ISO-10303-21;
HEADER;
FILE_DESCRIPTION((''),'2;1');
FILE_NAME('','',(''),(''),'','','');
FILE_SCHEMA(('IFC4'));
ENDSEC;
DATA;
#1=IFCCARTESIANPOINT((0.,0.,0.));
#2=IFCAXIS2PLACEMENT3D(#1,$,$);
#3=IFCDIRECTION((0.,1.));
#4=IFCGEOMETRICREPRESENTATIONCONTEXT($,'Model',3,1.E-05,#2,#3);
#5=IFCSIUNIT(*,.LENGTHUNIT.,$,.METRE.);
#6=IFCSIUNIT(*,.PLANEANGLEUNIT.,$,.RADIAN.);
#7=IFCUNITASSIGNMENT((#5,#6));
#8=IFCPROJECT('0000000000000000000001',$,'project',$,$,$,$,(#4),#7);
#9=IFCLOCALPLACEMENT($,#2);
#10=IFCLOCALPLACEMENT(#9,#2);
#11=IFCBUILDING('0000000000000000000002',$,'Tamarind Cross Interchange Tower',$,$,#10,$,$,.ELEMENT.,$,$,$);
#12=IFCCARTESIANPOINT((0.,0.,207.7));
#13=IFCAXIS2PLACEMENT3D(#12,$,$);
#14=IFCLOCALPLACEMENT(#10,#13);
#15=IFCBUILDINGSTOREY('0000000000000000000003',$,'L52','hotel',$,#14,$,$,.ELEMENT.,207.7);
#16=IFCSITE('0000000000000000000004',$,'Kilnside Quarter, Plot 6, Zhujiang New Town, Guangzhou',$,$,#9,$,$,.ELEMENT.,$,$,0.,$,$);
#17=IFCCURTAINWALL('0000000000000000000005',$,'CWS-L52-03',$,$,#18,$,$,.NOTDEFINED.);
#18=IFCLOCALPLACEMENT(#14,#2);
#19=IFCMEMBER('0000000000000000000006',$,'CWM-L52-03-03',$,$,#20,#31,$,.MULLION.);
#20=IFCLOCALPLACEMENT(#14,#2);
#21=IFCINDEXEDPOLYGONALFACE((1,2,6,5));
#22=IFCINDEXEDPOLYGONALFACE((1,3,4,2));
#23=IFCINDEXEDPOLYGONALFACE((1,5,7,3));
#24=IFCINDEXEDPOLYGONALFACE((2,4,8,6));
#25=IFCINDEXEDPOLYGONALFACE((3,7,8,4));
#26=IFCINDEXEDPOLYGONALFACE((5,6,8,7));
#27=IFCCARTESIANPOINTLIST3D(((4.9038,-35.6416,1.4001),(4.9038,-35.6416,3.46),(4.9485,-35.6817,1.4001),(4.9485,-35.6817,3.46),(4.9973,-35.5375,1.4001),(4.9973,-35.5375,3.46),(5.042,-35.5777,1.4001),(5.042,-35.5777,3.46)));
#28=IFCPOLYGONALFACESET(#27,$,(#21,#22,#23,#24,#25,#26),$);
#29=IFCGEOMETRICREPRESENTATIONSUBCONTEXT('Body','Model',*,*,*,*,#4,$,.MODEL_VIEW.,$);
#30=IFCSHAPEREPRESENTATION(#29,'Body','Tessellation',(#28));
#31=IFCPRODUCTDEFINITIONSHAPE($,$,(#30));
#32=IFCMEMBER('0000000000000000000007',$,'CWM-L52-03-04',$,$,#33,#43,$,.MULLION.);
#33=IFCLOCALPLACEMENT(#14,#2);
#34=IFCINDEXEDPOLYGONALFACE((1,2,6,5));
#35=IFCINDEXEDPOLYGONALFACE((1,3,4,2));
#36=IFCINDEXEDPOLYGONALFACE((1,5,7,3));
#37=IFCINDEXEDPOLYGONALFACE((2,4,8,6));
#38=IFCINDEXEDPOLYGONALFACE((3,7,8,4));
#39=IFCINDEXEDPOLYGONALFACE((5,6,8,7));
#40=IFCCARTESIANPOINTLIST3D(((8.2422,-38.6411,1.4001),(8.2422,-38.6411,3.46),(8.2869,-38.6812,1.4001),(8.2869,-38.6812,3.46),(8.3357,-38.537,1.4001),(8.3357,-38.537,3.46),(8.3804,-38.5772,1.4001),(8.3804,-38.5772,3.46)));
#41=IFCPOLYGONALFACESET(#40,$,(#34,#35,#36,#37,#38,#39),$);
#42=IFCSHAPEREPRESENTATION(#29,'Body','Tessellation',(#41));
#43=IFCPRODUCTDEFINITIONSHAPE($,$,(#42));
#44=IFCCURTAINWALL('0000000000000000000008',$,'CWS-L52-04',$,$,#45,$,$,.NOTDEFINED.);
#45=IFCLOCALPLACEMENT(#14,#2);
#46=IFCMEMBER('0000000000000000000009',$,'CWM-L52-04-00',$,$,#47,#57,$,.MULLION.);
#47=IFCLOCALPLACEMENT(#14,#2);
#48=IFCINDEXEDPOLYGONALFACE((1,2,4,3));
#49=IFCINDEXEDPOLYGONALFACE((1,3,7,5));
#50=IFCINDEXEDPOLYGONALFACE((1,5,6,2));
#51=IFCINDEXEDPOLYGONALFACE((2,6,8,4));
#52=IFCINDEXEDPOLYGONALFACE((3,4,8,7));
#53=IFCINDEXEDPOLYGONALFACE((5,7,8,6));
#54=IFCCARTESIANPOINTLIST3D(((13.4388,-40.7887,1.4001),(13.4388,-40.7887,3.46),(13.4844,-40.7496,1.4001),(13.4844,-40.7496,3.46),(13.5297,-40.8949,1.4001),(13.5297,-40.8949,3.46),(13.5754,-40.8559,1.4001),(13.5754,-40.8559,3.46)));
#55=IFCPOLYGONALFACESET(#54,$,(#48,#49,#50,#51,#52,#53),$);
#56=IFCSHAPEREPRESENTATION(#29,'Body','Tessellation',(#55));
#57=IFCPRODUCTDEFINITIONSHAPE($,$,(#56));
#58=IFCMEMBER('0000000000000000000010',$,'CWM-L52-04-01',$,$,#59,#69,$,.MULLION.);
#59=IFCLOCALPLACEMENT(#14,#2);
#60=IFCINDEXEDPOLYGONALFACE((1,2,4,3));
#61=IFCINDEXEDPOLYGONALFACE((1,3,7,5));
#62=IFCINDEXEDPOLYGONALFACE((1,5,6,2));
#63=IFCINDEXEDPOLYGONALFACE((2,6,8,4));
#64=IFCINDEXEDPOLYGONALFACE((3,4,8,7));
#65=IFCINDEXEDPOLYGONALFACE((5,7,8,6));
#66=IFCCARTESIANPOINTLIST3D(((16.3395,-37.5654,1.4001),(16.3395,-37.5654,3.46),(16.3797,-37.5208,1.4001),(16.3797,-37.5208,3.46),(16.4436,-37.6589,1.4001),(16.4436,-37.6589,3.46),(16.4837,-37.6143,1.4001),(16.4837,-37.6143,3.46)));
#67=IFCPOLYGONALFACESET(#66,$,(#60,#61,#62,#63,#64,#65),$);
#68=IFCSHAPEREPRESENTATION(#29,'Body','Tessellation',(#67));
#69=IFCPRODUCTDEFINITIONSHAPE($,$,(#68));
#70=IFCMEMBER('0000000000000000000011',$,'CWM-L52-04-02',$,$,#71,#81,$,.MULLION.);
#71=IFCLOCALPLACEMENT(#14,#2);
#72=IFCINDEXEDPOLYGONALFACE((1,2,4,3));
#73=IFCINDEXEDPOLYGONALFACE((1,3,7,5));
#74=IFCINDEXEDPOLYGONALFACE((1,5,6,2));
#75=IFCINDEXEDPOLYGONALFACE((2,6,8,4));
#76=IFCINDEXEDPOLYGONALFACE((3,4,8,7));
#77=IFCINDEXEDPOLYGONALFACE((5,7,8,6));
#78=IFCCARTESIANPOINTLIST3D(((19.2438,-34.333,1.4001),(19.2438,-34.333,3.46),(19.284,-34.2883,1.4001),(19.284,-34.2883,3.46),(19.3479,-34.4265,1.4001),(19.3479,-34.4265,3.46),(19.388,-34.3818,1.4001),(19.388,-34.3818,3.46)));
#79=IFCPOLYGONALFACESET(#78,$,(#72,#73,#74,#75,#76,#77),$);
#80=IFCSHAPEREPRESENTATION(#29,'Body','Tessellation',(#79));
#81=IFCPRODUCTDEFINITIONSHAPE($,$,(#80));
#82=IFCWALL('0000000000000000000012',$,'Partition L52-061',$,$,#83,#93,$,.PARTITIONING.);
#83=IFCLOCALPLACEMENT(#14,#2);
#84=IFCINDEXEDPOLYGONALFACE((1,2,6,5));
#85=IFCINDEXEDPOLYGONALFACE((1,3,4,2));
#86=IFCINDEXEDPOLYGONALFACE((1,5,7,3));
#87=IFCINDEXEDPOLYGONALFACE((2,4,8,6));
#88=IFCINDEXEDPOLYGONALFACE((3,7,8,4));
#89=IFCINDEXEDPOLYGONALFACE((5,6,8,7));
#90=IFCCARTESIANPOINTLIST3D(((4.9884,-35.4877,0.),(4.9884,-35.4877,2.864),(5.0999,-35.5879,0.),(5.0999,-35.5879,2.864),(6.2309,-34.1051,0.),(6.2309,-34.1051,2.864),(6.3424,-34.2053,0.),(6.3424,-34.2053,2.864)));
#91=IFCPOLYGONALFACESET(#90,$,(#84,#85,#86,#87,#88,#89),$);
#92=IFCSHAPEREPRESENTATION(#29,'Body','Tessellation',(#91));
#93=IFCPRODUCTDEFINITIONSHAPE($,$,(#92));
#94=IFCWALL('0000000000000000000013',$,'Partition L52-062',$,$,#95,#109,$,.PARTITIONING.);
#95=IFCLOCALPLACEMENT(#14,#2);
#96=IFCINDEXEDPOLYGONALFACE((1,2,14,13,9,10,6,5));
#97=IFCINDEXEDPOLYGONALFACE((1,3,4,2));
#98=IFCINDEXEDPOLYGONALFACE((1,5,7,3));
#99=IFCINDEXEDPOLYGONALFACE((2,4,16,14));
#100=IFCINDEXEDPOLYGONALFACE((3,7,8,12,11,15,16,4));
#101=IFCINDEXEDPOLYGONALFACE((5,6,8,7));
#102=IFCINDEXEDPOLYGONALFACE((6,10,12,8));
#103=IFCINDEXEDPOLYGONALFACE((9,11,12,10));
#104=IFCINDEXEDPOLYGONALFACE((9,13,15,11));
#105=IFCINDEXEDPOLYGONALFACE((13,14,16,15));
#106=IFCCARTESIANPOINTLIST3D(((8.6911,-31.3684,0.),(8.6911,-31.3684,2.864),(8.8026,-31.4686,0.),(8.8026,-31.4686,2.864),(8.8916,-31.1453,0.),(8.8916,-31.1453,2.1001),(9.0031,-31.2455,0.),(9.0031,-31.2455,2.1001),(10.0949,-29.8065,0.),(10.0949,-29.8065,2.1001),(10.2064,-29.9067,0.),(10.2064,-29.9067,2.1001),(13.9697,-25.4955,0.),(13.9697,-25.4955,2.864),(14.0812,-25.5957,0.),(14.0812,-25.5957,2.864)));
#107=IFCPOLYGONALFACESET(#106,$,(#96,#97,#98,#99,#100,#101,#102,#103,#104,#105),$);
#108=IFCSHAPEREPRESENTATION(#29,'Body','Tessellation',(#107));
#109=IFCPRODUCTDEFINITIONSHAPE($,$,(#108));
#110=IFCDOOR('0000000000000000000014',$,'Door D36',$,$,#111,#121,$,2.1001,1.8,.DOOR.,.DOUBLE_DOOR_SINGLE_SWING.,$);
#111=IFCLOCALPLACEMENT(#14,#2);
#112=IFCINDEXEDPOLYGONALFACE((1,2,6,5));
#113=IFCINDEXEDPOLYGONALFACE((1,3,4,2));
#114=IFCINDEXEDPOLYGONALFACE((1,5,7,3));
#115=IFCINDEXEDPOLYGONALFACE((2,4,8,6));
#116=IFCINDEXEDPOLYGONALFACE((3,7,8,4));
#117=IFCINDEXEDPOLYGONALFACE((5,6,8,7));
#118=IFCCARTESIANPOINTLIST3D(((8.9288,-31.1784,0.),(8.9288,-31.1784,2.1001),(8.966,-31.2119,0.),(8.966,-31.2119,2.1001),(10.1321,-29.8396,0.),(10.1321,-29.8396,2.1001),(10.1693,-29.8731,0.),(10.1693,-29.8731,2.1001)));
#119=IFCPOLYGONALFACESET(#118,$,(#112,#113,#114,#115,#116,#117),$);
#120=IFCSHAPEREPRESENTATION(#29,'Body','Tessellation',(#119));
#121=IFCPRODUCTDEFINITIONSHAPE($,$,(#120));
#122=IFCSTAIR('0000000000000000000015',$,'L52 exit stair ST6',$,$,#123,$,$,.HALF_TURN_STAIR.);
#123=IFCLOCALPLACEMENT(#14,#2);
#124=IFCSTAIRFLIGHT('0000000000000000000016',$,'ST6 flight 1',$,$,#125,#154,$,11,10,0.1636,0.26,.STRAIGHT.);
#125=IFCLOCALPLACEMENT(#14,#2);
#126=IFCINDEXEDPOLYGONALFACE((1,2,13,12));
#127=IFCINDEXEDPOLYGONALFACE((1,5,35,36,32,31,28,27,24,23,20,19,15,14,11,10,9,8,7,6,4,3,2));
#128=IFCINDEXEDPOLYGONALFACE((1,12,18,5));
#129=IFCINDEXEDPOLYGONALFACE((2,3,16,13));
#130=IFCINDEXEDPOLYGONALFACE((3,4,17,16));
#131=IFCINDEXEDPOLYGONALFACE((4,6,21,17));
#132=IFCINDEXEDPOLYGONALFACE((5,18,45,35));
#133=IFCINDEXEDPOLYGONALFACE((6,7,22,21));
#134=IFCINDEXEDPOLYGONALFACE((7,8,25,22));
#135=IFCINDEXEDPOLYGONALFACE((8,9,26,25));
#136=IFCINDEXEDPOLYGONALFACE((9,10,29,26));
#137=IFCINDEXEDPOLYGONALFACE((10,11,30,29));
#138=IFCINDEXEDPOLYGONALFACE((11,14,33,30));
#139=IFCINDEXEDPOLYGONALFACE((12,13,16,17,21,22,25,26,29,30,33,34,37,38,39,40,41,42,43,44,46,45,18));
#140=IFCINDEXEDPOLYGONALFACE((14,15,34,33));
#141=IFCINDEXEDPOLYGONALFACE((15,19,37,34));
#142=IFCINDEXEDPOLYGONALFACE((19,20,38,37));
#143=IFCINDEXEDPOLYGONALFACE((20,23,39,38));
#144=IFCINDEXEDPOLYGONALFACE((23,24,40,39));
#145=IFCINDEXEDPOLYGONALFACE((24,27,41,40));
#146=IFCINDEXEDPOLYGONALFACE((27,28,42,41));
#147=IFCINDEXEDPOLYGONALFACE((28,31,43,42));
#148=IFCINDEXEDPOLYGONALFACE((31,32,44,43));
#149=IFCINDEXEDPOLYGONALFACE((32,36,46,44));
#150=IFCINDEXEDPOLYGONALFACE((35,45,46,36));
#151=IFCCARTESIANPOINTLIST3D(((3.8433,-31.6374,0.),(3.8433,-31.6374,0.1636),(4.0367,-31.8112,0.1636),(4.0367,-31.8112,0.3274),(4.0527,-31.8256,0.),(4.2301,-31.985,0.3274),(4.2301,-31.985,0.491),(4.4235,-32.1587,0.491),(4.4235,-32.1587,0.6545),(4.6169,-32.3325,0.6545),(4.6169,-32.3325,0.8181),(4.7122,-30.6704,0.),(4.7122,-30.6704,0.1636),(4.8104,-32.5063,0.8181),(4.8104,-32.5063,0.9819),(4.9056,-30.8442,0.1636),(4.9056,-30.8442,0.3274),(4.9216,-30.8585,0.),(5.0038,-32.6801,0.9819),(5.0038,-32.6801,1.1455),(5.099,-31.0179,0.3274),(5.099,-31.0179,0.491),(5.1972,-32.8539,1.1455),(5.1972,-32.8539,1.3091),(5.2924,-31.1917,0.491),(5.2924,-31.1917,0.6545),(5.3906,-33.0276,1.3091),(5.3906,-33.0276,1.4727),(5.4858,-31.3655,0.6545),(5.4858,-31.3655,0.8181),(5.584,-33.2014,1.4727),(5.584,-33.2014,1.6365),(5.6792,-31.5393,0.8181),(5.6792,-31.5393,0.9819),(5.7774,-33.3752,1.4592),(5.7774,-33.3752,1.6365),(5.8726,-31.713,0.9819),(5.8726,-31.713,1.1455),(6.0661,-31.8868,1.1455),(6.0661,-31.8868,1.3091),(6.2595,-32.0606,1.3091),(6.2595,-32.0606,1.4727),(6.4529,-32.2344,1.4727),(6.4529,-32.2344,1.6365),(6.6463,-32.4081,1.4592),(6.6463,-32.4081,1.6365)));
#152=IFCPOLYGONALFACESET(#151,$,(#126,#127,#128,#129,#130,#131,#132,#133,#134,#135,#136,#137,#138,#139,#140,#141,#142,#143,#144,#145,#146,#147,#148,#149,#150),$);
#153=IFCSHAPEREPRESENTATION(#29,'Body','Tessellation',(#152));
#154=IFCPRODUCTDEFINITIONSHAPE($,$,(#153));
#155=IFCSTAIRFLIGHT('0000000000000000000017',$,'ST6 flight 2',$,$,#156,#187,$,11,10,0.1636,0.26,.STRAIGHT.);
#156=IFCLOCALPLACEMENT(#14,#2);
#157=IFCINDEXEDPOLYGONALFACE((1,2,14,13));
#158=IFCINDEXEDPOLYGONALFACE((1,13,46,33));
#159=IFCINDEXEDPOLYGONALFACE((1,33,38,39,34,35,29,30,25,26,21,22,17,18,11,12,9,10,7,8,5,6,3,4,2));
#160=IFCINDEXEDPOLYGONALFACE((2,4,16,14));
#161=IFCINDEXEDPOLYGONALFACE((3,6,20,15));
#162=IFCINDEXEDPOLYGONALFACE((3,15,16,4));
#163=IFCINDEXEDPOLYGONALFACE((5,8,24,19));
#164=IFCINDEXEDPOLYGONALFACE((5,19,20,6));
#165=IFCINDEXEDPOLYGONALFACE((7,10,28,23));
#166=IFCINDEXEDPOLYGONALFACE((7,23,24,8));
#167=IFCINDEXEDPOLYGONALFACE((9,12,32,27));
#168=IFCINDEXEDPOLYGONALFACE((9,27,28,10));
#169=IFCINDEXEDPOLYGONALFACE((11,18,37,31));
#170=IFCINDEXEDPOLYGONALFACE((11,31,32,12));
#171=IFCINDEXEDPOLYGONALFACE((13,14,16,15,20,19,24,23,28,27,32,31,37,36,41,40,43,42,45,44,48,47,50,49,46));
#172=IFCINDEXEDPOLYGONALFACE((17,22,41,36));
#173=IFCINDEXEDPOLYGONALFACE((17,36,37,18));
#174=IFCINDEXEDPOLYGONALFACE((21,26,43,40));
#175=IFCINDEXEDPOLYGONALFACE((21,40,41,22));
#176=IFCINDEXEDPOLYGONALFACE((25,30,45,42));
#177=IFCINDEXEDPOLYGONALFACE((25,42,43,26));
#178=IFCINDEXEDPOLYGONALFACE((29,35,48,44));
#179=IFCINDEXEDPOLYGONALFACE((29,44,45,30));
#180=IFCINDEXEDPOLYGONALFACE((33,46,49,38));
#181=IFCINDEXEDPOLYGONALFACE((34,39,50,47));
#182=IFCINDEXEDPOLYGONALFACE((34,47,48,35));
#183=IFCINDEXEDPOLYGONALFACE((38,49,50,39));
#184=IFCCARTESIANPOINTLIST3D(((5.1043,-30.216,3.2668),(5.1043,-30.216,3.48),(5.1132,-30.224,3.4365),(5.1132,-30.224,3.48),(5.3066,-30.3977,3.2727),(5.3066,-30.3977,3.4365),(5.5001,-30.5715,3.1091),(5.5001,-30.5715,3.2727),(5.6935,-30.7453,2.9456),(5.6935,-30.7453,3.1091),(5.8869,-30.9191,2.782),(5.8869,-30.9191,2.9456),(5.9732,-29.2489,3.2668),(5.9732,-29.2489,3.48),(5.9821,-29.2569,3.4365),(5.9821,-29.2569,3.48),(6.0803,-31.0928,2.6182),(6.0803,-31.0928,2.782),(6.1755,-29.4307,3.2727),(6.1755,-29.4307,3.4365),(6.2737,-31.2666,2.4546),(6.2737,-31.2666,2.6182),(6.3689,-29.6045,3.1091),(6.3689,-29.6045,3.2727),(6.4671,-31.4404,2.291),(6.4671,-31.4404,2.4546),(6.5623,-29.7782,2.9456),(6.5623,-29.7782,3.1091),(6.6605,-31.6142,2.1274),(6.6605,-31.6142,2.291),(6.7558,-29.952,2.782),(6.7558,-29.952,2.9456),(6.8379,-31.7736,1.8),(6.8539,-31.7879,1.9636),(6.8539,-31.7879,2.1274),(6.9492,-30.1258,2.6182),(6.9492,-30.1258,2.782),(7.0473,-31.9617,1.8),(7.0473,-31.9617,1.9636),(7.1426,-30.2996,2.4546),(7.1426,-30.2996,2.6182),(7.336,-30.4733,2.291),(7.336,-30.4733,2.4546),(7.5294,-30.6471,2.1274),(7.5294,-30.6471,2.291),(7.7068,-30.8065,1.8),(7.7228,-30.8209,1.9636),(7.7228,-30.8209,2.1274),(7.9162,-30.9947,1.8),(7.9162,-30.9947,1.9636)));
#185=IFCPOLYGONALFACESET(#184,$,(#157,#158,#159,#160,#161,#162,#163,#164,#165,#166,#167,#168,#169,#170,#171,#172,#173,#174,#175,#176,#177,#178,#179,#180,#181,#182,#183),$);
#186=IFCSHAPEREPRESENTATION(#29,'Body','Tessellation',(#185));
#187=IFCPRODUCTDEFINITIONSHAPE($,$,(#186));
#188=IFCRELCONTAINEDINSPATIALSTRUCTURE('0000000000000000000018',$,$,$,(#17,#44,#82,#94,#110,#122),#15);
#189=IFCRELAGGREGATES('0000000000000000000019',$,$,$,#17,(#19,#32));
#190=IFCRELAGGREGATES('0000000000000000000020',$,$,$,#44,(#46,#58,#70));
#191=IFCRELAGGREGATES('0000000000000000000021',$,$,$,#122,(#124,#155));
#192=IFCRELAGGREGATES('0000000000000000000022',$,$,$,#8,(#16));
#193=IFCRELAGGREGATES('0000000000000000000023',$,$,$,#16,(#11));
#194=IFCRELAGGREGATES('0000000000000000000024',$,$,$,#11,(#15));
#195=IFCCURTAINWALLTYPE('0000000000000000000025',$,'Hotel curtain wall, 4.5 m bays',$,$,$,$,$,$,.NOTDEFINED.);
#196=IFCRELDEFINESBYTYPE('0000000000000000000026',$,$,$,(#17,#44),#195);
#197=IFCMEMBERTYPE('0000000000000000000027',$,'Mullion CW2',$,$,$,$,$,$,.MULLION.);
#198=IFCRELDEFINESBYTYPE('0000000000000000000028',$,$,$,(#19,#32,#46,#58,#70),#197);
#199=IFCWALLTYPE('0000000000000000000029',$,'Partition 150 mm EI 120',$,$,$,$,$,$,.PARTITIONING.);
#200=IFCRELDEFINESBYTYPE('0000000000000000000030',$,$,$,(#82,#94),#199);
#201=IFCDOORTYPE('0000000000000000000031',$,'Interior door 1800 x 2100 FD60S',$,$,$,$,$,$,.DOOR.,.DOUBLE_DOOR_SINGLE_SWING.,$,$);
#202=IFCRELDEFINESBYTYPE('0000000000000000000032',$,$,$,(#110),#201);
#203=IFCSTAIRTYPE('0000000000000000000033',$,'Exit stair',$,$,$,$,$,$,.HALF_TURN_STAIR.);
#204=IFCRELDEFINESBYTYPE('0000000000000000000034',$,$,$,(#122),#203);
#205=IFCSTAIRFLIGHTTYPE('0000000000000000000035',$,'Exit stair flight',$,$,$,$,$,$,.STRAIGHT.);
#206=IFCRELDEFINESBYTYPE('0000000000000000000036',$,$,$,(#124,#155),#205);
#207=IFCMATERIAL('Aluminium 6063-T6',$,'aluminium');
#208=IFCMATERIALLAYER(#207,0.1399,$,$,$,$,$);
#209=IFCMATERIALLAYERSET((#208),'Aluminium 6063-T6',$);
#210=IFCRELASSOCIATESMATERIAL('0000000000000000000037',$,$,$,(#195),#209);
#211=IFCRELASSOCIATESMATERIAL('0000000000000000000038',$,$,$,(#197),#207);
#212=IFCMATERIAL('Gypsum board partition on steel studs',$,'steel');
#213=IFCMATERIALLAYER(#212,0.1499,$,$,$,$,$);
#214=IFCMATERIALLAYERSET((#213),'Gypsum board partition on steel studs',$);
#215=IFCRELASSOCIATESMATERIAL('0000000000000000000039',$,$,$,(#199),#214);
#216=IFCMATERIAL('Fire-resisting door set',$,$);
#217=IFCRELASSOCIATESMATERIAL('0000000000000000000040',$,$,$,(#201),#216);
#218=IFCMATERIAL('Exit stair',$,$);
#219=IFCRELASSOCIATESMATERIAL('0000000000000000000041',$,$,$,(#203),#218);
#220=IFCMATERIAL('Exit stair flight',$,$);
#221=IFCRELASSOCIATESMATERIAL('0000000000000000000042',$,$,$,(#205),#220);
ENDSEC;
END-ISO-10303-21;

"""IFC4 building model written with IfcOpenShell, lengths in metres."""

from ifc_helpers import new_model, si_unit, direction, frame, frame_2d, origin, origin_2d, place, context, subcontext, project, spatial, polyline, rectangle, outline, extrude, material, layer, layer_set, material_profile, profile_set, type_object, element, fill, aggregate, save


model = new_model("IFC4")

# Units and contexts
model_context = context("Model", 3, precision=1e-05, world=origin(), true_north=direction((0.0, 1.0)))
body_context = subcontext(model_context, "Body", "Model", "MODEL_VIEW")
ifc_project = project(units=[si_unit("LENGTHUNIT", "METRE"), si_unit("PLANEANGLEUNIT", "RADIAN")], contexts=[model_context])

# Site, building, storey
site_placement = place(None, origin())
site = spatial("IfcSite", under=ifc_project, at=site_placement, Name="Kilnside Quarter, Plot 6, Zhujiang New Town, Guangzhou", CompositionType="ELEMENT", RefElevation=0.0)
building_placement = place(site_placement, origin())
building = spatial("IfcBuilding", under=site, at=building_placement, Name="Tamarind Cross Interchange Tower", CompositionType="ELEMENT")
storey_placement = place(building_placement, frame((0.0, 0.0, 207.7)))
storey = spatial("IfcBuildingStorey", under=building, at=storey_placement, Name="L52", Description="hotel", CompositionType="ELEMENT", Elevation=207.7)

# Curtain walls, members
ifc_material_1 = material(Name="Aluminium 6063-T6", Category="aluminium")
ifc_layer_1 = layer(ifc_material_1, 0.1399)
ifc_layer_set_1 = layer_set([ifc_layer_1], Name="Aluminium 6063-T6")
curtain_wall_type = type_object("IfcCurtainWallType", Name="Hotel curtain wall, 4.5 m bays", PredefinedType="NOTDEFINED", material=ifc_layer_set_1)
curtain_wall_1_placement = place(storey_placement, origin())
curtain_wall_1 = element("IfcCurtainWall", 1, at=curtain_wall_1_placement, inside=storey, type_object=curtain_wall_type, Name="CWS-L52-03", PredefinedType="NOTDEFINED")
ifc_material_profile_1 = material_profile(ifc_material_1, rectangle(XDim=0.0601, YDim=0.1399, at=origin_2d()), Name="Mullion CW2")
ifc_profile_set_1 = profile_set([ifc_material_profile_1], Name="Aluminium 6063-T6")
member_type = type_object("IfcMemberType", Name="Mullion CW2", PredefinedType="MULLION", material=ifc_profile_set_1)
member_1_placement = place(storey_placement, frame((4.9729, -35.6096, 1.4001), z_axis=(0.0, 0.0, 1.0), x_axis=(0.743854, -0.668342, 0.0)))
member_1 = element("IfcMember", 2, at=member_1_placement, type_object=member_type, Name="CWM-L52-03-03", PredefinedType="MULLION", context=body_context, shape_type="SweptSolid", body=[
    extrude(rectangle(XDim=0.0601, YDim=0.1399, at=origin_2d()), origin(), (0.0, 0.0, 1.0), 2.0598),
])
member_2_placement = place(storey_placement, frame((8.3113, -38.6091, 1.4001), z_axis=(0.0, 0.0, 1.0), x_axis=(0.743854, -0.668342, 0.0)))
member_2 = element("IfcMember", 3, at=member_2_placement, type_object=member_type, Name="CWM-L52-03-04", PredefinedType="MULLION", context=body_context, shape_type="SweptSolid", body=[
    extrude(rectangle(XDim=0.0601, YDim=0.1399, at=origin_2d()), origin(), (0.0, 0.0, 1.0), 2.0598),
])
aggregate(curtain_wall_1, [member_1, member_2])
curtain_wall_2_placement = place(storey_placement, origin())
curtain_wall_2 = element("IfcCurtainWall", 4, at=curtain_wall_2_placement, inside=storey, type_object=curtain_wall_type, Name="CWS-L52-04", PredefinedType="NOTDEFINED")
member_3_placement = place(storey_placement, frame((13.5071, -40.8223, 1.4001), z_axis=(0.0, 0.0, 1.0), x_axis=(0.759716, 0.650255, 0.0)))
member_3 = element("IfcMember", 5, at=member_3_placement, type_object=member_type, Name="CWM-L52-04-00", PredefinedType="MULLION", context=body_context, shape_type="SweptSolid", body=[
    extrude(rectangle(XDim=0.0601, YDim=0.1399, at=origin_2d()), origin(), (0.0, 0.0, 1.0), 2.0598),
])
member_4_placement = place(storey_placement, frame((16.4116, -37.5898, 1.4001), z_axis=(0.0, 0.0, 1.0), x_axis=(0.668342, 0.743854, 0.0)))
member_4 = element("IfcMember", 6, at=member_4_placement, type_object=member_type, Name="CWM-L52-04-01", PredefinedType="MULLION", context=body_context, shape_type="SweptSolid", body=[
    extrude(rectangle(XDim=0.0601, YDim=0.1399, at=origin_2d()), origin(), (0.0, 0.0, 1.0), 2.0598),
])
member_5_placement = place(storey_placement, frame((19.3159, -34.3574, 1.4001), z_axis=(0.0, 0.0, 1.0), x_axis=(0.668342, 0.743854, 0.0)))
member_5 = element("IfcMember", 7, at=member_5_placement, type_object=member_type, Name="CWM-L52-04-02", PredefinedType="MULLION", context=body_context, shape_type="SweptSolid", body=[
    extrude(rectangle(XDim=0.0601, YDim=0.1399, at=origin_2d()), origin(), (0.0, 0.0, 1.0), 2.0598),
])
aggregate(curtain_wall_2, [member_3, member_4, member_5])

# Wall
ifc_material_2 = material(Name="Gypsum board partition on steel studs", Category="steel")
ifc_layer_2 = layer(ifc_material_2, 0.1499)
ifc_layer_set_2 = layer_set([ifc_layer_2], Name="Gypsum board partition on steel studs")
wall_type = type_object("IfcWallType", Name="Partition 150 mm EI 120", PredefinedType="PARTITIONING", material=ifc_layer_set_2)
wall_1_placement = place(storey_placement, frame((5.0442, -35.5378, 0.0), z_axis=(0.0, 0.0, 1.0), x_axis=(0.668406, 0.743797, 0.0)))
element("IfcWall", 8, at=wall_1_placement, inside=storey, type_object=wall_type, Name="Partition L52-061", PredefinedType="PARTITIONING", context=body_context, shape_type="SweptSolid", body=[
    extrude(rectangle(XDim=1.8589, YDim=0.1499, at=frame_2d((0.9294, 0.0))), origin(), (0.0, 0.0, 1.0), 2.864),
])

# Wall, opening, door
wall_2_placement = place(storey_placement, frame((8.7468, -31.4185, 0.0), z_axis=(0.0, 0.0, 1.0), x_axis=(0.668478, 0.743732, 0.0)))
wall_2 = element("IfcWall", 9, at=wall_2_placement, inside=storey, type_object=wall_type, Name="Partition L52-062", PredefinedType="PARTITIONING", context=body_context, shape_type="SweptSolid", body=[
    extrude(rectangle(XDim=7.8965, YDim=0.1499, at=frame_2d((3.9482, 0.0))), origin(), (0.0, 0.0, 1.0), 2.864),
])
opening_placement = place(wall_2_placement, frame((0.3, 0.0, 0.0)))
opening = element("IfcOpeningElement", 10, at=opening_placement, cuts=wall_2, PredefinedType="OPENING", context=body_context, shape_type="SweptSolid", body=[
    extrude(rectangle(XDim=1.8, YDim=2.1001, at=frame_2d((0.8999, 1.05))), frame((0.0, 0.085, 0.0), z_axis=(0.0, -1.0, 0.0), x_axis=(1.0, 0.0, 0.0)), (0.0, 0.0, 1.0), 0.1699),
])
ifc_material_3 = material(Name="Fire-resisting door set")
door_type = type_object("IfcDoorType", Name="Interior door 1800 x 2100 FD60S", OperationType="DOUBLE_DOOR_SINGLE_SWING", PredefinedType="DOOR", material=ifc_material_3)
door_placement = place(opening_placement, frame((1.8, 0.0, 0.0), z_axis=(0.0, 0.0, 1.0), x_axis=(-1.0, 0.0, 0.0)))
door = element("IfcDoor", 11, at=door_placement, inside=storey, type_object=door_type, Name="Door D36", OperationType="DOUBLE_DOOR_SINGLE_SWING", OverallHeight=2.1001, OverallWidth=1.8, PredefinedType="DOOR", context=body_context, shape_type="SweptSolid", body=[
    extrude(rectangle(XDim=1.8, YDim=2.1001, at=frame_2d((0.8999, 1.05))), frame((0.0, 0.0249, 0.0), z_axis=(0.0, -1.0, 0.0), x_axis=(1.0, 0.0, 0.0)), (0.0, 0.0, 1.0), 0.05),
])
fill(opening, door)

# Stair, stair flights
ifc_material_4 = material(Name="Exit stair")
stair_type = type_object("IfcStairType", Name="Exit stair", PredefinedType="HALF_TURN_STAIR", material=ifc_material_4)
stair_placement = place(storey_placement, origin())
stair = element("IfcStair", 12, at=stair_placement, inside=storey, type_object=stair_type, Name="L52 exit stair ST6", PredefinedType="HALF_TURN_STAIR")
ifc_material_5 = material(Name="Exit stair flight")
stair_flight_type = type_object("IfcStairFlightType", Name="Exit stair flight", PredefinedType="STRAIGHT", material=ifc_material_5)
stair_flight_1_placement = place(storey_placement, frame((4.2778, -31.1538, 0.0), z_axis=(0.0, 0.0, 1.0), x_axis=(0.743854, -0.668342, 0.0)))
stair_flight_1 = element("IfcStairFlight", 13, at=stair_flight_1_placement, type_object=stair_flight_type, Name="ST6 flight 1", NumberOfRisers=11, NumberOfTreads=10, PredefinedType="STRAIGHT", RiserHeight=0.1636, TreadLength=0.26, context=body_context, shape_type="SweptSolid", body=[
    extrude(outline(polyline([(0.0, 0.0), (0.0, 0.1636), (0.26, 0.1636), (0.26, 0.3274), (0.52, 0.3274), (0.52, 0.491), (0.78, 0.491), (0.78, 0.6545), (1.04, 0.6545), (1.04, 0.8181), (1.3, 0.8181), (1.3, 0.9819), (1.5601, 0.9819), (1.5601, 1.1455), (1.8201, 1.1455), (1.8201, 1.3091), (2.0801, 1.3091), (2.0801, 1.4727), (2.3401, 1.4727), (2.3401, 1.6365), (2.6001, 1.6365), (2.6001, 1.8), (2.6001, 1.4592), (0.2815, 0.0), (0.0, 0.0)])), frame((0.0, 0.6499, 0.0), z_axis=(0.0, -1.0, 0.0), x_axis=(1.0, 0.0, 0.0)), (0.0, 0.0, 1.0), 1.3),
])
stair_flight_2_placement = place(storey_placement, frame((7.4817, -31.4783, 1.8), z_axis=(0.0, 0.0, 1.0), x_axis=(-0.743854, 0.668342, 0.0)))
stair_flight_2 = element("IfcStairFlight", 14, at=stair_flight_2_placement, type_object=stair_flight_type, Name="ST6 flight 2", NumberOfRisers=11, NumberOfTreads=10, PredefinedType="STRAIGHT", RiserHeight=0.1636, TreadLength=0.26, context=body_context, shape_type="SweptSolid", body=[
    extrude(outline(polyline([(0.0, 0.0), (0.0, 0.1636), (0.26, 0.1636), (0.26, 0.3274), (0.52, 0.3274), (0.52, 0.491), (0.78, 0.491), (0.78, 0.6545), (1.04, 0.6545), (1.04, 0.8181), (1.3, 0.8181), (1.3, 0.9819), (1.5601, 0.9819), (1.5601, 1.1455), (1.8201, 1.1455), (1.8201, 1.3091), (2.0801, 1.3091), (2.0801, 1.4727), (2.3401, 1.4727), (2.3401, 1.6365), (2.6001, 1.6365), (2.6001, 1.6799), (2.6121, 1.6799), (2.6121, 1.4668), (0.2815, 0.0), (0.0, 0.0)])), frame((0.0, 0.6499, 0.0), z_axis=(0.0, -1.0, 0.0), x_axis=(1.0, 0.0, 0.0)), (0.0, 0.0, 1.0), 1.3),
])
aggregate(stair, [stair_flight_1, stair_flight_2])

save(model, "model.ifc")
